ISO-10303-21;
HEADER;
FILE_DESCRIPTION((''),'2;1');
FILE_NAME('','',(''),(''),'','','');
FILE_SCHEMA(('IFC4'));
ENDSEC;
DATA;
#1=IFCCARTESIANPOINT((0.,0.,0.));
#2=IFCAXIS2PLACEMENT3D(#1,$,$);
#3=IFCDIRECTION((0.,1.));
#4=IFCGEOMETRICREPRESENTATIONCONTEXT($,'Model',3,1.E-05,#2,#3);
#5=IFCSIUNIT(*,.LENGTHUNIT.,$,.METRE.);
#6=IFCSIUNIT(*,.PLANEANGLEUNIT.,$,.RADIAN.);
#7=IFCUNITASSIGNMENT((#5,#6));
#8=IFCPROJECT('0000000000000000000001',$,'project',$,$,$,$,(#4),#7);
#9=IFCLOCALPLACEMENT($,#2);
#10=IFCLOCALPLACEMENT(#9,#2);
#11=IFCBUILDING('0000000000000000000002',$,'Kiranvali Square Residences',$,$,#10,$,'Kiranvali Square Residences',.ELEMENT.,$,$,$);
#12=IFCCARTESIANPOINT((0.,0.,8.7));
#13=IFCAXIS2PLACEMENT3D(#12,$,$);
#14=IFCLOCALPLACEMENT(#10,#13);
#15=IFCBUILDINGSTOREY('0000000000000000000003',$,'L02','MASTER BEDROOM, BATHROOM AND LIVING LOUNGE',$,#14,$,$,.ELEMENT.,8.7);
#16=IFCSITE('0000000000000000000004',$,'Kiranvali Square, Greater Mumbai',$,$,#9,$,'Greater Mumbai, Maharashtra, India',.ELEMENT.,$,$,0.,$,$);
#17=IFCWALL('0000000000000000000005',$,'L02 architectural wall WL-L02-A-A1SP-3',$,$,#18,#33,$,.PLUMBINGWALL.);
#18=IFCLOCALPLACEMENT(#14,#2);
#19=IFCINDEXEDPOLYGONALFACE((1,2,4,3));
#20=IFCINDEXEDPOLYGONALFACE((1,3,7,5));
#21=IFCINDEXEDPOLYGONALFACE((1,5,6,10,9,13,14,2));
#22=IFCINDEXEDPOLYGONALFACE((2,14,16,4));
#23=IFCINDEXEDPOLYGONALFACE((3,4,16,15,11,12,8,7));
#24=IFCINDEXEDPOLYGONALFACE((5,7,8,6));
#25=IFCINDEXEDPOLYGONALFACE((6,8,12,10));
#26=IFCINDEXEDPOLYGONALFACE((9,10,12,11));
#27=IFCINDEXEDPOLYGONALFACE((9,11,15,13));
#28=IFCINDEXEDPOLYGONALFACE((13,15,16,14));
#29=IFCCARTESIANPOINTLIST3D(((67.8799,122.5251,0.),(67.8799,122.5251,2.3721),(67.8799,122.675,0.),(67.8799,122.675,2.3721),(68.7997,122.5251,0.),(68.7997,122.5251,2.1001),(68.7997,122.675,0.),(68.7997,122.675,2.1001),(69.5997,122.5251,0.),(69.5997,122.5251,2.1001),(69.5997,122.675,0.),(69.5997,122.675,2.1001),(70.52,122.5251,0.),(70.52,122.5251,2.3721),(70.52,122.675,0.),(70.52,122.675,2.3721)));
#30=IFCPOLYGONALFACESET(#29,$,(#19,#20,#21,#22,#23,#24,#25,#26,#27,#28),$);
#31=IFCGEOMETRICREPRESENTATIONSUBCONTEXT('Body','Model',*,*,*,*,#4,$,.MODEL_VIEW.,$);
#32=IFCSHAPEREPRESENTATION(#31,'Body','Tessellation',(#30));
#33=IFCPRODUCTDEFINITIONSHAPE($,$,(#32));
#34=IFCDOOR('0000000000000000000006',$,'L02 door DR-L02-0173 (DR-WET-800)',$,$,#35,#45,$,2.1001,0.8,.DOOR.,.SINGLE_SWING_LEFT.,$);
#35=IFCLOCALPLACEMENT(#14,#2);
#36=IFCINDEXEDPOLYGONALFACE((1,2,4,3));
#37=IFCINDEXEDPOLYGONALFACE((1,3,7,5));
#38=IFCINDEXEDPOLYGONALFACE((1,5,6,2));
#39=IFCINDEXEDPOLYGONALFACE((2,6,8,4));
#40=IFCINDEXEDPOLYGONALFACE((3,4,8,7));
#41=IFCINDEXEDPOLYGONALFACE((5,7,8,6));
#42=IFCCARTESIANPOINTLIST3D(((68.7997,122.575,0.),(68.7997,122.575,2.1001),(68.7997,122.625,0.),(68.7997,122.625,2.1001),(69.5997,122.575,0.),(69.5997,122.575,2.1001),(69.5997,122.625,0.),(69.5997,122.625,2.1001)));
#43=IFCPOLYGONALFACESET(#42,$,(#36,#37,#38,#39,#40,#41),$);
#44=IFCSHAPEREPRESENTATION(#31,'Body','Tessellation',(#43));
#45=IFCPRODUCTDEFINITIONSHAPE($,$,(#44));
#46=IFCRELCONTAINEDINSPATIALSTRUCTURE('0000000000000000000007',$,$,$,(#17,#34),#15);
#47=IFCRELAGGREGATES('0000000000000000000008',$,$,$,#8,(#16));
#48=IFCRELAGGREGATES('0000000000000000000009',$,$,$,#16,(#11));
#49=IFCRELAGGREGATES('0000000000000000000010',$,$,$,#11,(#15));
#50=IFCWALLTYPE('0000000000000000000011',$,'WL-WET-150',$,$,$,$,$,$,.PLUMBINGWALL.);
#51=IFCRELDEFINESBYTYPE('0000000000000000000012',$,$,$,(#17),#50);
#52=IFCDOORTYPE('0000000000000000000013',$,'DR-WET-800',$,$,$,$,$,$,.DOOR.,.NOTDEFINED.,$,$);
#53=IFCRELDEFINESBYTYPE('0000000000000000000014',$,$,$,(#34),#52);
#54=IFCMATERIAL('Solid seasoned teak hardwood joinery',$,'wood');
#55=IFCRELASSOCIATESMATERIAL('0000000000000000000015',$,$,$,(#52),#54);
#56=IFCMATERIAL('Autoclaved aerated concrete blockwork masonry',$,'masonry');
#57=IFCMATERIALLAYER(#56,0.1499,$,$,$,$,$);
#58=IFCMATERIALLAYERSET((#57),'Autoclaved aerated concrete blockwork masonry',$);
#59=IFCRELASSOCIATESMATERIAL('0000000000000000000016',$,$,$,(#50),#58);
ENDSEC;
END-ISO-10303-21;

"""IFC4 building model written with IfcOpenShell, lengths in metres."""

from ifc_helpers import new_model, si_unit, direction, frame, frame_2d, origin, place, context, subcontext, project, spatial, rectangle, extrude, material, layer, layer_set, type_object, element, fill, save


model = new_model("IFC4")

# Units and contexts
model_context = context("Model", 3, precision=1e-05, world=origin(), true_north=direction((0.0, 1.0)))
body_context = subcontext(model_context, "Body", "Model", "MODEL_VIEW")
ifc_project = project(units=[si_unit("LENGTHUNIT", "METRE"), si_unit("PLANEANGLEUNIT", "RADIAN")], contexts=[model_context])

# Site, building, storey
site_placement = place(None, origin())
site = spatial("IfcSite", under=ifc_project, at=site_placement, Name="Kiranvali Square, Greater Mumbai", LongName="Greater Mumbai, Maharashtra, India", CompositionType="ELEMENT", RefElevation=0.0)
building_placement = place(site_placement, origin())
building = spatial("IfcBuilding", under=site, at=building_placement, Name="Kiranvali Square Residences", LongName="Kiranvali Square Residences", CompositionType="ELEMENT")
storey_placement = place(building_placement, frame((0.0, 0.0, 8.7)))
storey = spatial("IfcBuildingStorey", under=building, at=storey_placement, Name="L02", Description="MASTER BEDROOM, BATHROOM AND LIVING LOUNGE", CompositionType="ELEMENT", Elevation=8.7)

# Shared definitions
ifc_material_1 = material(Name="Autoclaved aerated concrete blockwork masonry", Category="masonry")

# Wall, opening, door
ifc_material_2 = material(Name="Solid seasoned teak hardwood joinery", Category="wood")
door_type_1 = type_object("IfcDoorType", Name="DR-WET-800", OperationType="NOTDEFINED", PredefinedType="DOOR", material=ifc_material_2)
ifc_layer_1 = layer(ifc_material_1, 0.1499)
ifc_layer_set_1 = layer_set([ifc_layer_1], Name="Autoclaved aerated concrete blockwork masonry")
wall_type_1 = type_object("IfcWallType", Name="WL-WET-150", PredefinedType="PLUMBINGWALL", material=ifc_layer_set_1)
wall_1_placement = place(storey_placement, frame((67.8799, 122.6001, 0.0), z_axis=(0.0, 0.0, 1.0), x_axis=(1.0, 0.0, 0.0)))
wall_1 = element("IfcWall", 1, at=wall_1_placement, inside=storey, type_object=wall_type_1, Name="L02 architectural wall WL-L02-A-A1SP-3", PredefinedType="PLUMBINGWALL", context=body_context, shape_type="SweptSolid", body=[
    extrude(rectangle(XDim=2.6401, YDim=0.1499, at=frame_2d((1.3201, 0.0))), origin(), (0.0, 0.0, 1.0), 2.3721),
])
opening_1_placement = place(wall_1_placement, frame((0.9199, 0.0, 0.0)))
opening_1 = element("IfcOpeningElement", 2, at=opening_1_placement, cuts=wall_1, PredefinedType="OPENING", context=body_context, shape_type="SweptSolid", body=[
    extrude(rectangle(XDim=0.8, YDim=2.1001, at=frame_2d((0.3999, 1.05))), frame((0.0, 0.085, 0.0), z_axis=(0.0, -1.0, 0.0), x_axis=(1.0, 0.0, 0.0)), (0.0, 0.0, 1.0), 0.1699),
])
door_1_placement = place(opening_1_placement, origin())
door_1 = element("IfcDoor", 3, at=door_1_placement, inside=storey, type_object=door_type_1, Name="L02 door DR-L02-0173 (DR-WET-800)", OperationType="SINGLE_SWING_LEFT", OverallHeight=2.1001, OverallWidth=0.8, PredefinedType="DOOR", context=body_context, shape_type="SweptSolid", body=[
    extrude(rectangle(XDim=0.8, YDim=2.1001, at=frame_2d((0.3999, 1.05))), frame((0.0, 0.0249, 0.0), z_axis=(0.0, -1.0, 0.0), x_axis=(1.0, 0.0, 0.0)), (0.0, 0.0, 1.0), 0.05),
])
fill(opening_1, door_1)

save(model, "model.ifc")
